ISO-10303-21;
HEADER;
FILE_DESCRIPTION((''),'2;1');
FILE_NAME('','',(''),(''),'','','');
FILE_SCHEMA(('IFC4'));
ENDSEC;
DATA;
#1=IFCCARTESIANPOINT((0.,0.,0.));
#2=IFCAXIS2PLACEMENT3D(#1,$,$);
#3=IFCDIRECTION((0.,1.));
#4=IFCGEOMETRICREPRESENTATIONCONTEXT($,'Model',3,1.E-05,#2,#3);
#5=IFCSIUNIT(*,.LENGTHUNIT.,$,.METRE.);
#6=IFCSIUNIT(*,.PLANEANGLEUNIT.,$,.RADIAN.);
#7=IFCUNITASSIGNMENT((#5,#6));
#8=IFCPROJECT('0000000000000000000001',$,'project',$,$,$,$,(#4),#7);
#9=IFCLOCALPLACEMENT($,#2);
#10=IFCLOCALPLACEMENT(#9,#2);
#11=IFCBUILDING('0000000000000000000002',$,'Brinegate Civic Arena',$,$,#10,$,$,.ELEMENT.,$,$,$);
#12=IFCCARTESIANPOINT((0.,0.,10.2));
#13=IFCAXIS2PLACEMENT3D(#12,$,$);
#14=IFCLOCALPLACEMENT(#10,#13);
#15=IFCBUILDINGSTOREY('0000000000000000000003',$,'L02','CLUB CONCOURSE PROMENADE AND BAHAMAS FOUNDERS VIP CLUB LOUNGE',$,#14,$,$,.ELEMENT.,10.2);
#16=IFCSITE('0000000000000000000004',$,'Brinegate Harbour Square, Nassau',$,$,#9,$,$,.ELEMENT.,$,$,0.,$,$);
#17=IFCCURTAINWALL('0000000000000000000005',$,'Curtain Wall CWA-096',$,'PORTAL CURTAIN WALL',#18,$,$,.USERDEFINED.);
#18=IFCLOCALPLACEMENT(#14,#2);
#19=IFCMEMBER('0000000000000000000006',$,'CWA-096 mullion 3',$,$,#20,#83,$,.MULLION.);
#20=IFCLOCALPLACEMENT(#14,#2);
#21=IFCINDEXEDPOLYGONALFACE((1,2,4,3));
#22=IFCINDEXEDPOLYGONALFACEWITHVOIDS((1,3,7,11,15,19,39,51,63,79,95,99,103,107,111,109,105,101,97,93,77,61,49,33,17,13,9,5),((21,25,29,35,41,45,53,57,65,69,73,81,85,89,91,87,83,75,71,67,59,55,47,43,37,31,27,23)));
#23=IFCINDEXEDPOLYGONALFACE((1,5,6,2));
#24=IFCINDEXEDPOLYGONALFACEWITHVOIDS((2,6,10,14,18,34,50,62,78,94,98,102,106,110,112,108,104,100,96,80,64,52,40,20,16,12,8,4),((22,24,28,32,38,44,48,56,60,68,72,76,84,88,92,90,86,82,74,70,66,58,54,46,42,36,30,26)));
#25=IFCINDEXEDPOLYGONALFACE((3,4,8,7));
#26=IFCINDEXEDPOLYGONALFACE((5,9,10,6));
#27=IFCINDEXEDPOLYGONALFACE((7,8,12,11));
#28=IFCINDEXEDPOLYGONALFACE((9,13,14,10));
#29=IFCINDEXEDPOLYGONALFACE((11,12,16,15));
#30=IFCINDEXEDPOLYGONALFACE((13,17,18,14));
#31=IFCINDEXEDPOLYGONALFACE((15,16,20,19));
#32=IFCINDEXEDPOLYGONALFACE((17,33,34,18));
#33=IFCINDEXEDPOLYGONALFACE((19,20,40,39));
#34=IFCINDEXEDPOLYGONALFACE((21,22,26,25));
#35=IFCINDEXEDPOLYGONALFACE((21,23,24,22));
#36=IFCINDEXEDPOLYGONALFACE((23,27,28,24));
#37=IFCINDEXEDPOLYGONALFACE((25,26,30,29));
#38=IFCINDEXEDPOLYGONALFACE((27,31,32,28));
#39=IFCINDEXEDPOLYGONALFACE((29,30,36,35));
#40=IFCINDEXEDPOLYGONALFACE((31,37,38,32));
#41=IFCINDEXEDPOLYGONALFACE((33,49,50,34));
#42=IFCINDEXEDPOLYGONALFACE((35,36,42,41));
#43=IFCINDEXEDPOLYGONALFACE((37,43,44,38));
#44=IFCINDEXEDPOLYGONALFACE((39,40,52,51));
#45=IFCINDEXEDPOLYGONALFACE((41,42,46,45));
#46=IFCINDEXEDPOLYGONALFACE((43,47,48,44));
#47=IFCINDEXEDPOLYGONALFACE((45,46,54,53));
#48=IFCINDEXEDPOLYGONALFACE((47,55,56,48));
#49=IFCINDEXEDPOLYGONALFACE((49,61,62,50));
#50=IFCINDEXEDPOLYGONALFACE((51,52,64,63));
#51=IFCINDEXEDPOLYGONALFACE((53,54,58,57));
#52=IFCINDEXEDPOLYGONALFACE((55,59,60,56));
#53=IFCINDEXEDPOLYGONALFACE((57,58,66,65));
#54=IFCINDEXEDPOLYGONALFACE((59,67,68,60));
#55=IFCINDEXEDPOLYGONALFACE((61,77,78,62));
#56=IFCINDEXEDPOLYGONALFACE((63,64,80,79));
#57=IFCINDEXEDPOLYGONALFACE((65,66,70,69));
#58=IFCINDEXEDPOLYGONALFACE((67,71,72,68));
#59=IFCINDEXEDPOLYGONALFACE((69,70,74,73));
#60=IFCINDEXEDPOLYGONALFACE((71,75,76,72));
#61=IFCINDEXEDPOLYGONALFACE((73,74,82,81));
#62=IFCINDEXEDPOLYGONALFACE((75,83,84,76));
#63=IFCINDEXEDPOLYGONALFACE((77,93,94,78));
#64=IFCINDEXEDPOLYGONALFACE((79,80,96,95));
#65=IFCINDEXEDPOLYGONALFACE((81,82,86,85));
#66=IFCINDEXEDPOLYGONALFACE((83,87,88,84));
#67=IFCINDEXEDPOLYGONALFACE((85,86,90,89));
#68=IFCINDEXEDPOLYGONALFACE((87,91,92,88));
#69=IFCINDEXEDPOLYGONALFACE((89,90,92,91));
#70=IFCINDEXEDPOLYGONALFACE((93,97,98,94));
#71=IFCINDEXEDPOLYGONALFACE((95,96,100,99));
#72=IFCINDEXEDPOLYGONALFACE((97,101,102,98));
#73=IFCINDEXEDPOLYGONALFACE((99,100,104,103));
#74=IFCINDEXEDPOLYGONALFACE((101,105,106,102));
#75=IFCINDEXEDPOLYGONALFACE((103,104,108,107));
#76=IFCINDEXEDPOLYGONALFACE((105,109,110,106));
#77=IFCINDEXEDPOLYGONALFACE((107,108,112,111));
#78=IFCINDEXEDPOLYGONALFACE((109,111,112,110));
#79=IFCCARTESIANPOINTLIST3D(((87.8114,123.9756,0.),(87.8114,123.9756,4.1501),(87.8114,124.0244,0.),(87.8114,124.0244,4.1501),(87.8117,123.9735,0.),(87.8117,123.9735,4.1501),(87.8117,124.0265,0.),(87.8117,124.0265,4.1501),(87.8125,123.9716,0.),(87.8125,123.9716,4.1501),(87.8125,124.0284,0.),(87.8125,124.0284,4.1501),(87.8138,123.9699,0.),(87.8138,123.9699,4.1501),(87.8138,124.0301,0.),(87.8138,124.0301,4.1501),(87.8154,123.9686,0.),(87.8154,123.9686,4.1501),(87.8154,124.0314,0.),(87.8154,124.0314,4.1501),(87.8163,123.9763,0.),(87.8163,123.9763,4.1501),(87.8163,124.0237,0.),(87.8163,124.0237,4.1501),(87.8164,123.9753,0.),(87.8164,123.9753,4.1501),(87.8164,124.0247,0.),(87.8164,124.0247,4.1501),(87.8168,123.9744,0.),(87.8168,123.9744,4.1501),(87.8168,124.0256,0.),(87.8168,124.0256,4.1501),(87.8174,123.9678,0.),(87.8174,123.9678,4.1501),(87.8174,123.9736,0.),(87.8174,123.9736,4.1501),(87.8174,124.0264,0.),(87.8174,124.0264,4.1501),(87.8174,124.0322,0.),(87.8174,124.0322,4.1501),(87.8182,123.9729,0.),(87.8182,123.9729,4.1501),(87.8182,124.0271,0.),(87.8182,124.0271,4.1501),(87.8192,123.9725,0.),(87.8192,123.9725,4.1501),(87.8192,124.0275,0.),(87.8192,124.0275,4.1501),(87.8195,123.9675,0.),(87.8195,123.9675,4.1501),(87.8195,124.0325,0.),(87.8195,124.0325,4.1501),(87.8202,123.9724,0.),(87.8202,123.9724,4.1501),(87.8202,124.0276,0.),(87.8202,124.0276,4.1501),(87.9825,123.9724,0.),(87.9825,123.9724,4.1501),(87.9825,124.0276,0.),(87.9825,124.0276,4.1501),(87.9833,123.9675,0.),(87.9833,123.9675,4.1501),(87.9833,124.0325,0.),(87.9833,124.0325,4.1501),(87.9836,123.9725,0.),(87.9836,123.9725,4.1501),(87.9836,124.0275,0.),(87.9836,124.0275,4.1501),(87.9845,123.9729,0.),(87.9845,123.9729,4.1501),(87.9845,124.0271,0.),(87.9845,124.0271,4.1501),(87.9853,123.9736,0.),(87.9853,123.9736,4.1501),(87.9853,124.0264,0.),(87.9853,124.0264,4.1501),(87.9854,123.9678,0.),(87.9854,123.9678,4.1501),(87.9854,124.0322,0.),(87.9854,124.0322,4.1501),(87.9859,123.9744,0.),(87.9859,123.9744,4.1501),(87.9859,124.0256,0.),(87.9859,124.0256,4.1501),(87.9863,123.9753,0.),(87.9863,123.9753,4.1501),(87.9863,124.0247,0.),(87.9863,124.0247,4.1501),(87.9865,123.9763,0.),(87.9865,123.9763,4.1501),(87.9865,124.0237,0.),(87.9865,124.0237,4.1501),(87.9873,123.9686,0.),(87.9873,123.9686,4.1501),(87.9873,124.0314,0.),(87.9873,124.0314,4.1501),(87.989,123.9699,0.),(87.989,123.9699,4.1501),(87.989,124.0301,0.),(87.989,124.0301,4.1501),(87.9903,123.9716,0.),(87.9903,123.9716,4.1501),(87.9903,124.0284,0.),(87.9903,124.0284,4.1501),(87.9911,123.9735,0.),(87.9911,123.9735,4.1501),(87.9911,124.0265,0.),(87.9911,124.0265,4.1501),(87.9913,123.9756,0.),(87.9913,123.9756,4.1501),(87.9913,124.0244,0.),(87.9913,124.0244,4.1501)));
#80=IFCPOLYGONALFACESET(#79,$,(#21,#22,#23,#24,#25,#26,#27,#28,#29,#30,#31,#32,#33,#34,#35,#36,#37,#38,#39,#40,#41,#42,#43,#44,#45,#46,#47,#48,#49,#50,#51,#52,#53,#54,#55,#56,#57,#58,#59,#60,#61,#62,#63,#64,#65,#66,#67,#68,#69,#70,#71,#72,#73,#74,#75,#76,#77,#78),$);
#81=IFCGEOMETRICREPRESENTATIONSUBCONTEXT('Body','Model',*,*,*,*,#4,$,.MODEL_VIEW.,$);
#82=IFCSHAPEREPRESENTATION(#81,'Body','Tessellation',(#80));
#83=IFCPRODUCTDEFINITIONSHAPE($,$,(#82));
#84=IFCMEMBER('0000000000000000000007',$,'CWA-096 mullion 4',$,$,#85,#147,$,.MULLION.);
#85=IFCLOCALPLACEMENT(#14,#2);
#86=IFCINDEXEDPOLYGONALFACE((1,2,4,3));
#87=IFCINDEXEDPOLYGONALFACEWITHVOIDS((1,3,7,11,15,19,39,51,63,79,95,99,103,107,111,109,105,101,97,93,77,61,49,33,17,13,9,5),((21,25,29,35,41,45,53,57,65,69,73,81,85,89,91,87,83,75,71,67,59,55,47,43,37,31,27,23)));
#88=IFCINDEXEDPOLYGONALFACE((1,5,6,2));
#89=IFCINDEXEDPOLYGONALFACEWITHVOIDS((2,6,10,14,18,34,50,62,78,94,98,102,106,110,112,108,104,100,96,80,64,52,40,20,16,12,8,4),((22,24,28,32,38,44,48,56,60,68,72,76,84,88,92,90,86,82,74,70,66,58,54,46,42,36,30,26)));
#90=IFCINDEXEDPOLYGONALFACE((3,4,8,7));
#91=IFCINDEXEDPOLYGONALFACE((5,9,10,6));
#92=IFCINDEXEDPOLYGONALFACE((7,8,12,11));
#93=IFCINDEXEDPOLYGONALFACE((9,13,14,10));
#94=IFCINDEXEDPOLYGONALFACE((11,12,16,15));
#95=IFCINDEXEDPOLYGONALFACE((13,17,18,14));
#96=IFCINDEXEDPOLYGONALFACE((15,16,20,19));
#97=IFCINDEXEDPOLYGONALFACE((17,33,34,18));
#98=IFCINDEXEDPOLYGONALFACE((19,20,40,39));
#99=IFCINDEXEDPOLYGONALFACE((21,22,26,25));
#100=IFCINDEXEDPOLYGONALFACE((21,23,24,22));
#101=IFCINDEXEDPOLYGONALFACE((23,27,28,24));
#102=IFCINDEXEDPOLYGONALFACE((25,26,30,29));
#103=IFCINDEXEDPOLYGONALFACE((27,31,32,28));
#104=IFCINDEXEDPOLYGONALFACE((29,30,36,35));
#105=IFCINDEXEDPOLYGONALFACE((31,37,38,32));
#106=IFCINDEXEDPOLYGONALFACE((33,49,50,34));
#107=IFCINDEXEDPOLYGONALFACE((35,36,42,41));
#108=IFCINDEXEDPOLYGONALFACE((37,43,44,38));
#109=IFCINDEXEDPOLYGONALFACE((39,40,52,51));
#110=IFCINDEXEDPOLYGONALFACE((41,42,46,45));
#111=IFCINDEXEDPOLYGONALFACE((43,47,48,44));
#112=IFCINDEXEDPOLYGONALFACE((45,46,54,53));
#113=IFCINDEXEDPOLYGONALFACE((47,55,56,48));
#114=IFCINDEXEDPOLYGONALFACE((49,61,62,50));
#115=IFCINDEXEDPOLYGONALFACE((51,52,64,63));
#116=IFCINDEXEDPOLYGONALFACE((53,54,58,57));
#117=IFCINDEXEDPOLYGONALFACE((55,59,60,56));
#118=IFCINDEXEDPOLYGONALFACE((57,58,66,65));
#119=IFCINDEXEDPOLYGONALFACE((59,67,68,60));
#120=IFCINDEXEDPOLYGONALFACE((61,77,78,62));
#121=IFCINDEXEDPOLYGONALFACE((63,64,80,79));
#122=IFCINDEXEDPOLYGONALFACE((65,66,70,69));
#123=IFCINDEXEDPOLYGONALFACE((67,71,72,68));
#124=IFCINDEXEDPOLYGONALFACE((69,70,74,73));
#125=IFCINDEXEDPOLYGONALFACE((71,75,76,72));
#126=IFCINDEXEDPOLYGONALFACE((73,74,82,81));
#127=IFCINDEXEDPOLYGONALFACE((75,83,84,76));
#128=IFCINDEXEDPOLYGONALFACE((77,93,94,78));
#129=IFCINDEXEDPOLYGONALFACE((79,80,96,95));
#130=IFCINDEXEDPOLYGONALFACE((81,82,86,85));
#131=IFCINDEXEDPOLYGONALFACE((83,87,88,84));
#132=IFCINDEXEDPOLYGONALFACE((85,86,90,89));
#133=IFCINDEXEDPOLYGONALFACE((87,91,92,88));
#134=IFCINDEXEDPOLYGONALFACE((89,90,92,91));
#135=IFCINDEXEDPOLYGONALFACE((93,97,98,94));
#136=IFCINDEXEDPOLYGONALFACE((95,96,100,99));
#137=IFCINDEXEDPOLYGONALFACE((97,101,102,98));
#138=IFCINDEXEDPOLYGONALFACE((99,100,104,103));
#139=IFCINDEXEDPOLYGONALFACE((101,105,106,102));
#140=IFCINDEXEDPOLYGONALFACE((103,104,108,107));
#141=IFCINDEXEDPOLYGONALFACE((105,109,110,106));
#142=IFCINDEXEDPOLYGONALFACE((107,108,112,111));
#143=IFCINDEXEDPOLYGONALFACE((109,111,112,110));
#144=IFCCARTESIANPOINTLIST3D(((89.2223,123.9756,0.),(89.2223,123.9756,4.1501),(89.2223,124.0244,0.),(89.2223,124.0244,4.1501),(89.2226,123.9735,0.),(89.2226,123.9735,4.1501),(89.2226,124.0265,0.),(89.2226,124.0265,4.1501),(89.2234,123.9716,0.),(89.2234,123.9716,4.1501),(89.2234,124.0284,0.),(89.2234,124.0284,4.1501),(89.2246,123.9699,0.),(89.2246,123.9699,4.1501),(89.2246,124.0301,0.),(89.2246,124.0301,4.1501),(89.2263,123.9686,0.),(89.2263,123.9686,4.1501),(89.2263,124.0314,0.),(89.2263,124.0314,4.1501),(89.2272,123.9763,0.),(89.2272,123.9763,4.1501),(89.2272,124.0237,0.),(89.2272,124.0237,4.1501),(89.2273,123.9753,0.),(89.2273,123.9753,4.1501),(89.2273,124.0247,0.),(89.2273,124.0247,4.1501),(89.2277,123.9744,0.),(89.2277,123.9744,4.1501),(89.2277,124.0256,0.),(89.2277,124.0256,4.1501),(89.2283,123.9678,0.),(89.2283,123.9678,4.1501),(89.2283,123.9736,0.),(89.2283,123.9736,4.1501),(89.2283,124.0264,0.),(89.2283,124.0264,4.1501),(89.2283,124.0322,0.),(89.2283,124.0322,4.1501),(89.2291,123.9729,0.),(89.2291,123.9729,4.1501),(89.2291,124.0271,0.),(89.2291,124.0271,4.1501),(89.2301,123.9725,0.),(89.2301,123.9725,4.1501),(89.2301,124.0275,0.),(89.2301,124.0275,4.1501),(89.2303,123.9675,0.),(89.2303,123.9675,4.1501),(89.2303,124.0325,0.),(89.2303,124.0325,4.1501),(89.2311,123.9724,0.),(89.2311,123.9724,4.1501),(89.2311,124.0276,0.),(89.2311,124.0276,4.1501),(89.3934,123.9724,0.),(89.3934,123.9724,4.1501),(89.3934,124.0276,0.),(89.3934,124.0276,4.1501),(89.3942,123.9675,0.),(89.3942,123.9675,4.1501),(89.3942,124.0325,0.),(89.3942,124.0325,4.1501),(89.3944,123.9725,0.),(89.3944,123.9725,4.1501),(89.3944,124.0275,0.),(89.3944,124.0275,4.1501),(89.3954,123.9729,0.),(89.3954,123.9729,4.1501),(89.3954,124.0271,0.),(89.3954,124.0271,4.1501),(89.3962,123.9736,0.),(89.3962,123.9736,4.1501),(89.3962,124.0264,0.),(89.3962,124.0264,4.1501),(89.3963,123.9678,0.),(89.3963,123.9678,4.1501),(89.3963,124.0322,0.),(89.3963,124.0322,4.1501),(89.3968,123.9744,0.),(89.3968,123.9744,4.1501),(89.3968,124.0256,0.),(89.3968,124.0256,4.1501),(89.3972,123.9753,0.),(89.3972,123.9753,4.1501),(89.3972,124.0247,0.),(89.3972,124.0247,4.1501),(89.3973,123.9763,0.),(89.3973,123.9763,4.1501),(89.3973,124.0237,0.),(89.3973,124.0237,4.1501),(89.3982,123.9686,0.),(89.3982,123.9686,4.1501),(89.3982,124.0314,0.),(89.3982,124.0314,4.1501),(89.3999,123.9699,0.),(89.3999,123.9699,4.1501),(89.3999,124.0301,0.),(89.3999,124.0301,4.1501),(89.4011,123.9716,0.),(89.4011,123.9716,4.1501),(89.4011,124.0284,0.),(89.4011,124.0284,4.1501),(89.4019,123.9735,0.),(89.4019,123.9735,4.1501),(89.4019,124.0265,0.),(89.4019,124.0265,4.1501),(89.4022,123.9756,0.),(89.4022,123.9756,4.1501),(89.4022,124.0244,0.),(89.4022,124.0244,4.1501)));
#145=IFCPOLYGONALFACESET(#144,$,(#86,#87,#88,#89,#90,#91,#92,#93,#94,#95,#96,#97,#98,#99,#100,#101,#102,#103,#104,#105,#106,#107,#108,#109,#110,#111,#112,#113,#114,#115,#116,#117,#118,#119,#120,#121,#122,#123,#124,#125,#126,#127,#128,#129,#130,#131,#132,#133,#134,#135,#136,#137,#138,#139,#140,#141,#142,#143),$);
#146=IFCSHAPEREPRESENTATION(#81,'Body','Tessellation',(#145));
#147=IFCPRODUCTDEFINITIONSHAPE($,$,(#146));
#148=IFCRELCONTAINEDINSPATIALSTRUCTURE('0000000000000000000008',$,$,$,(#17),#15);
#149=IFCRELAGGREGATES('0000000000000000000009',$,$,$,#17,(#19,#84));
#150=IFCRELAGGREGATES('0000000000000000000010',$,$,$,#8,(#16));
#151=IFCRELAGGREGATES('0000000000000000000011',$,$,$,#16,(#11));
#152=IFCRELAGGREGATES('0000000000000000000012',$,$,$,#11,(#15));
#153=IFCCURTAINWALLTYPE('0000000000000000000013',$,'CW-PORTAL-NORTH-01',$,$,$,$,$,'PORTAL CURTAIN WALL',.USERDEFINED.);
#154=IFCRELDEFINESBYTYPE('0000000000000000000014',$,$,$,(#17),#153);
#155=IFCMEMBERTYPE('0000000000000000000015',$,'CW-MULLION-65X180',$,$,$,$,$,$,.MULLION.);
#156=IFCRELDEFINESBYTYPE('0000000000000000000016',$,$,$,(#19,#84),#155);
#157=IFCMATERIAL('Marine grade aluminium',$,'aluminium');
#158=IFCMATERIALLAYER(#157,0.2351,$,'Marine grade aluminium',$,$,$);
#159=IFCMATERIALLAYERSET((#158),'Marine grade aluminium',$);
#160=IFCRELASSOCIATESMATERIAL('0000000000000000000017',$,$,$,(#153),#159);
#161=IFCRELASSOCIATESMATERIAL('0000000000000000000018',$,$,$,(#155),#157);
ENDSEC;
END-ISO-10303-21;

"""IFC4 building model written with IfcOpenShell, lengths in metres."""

from ifc_helpers import new_model, si_unit, direction, frame, origin, origin_2d, place, context, subcontext, project, spatial, hollow_rectangle, extrude, material, layer, layer_set, material_profile, profile_set, type_object, element, aggregate, save


model = new_model("IFC4")

# Units and contexts
model_context = context("Model", 3, precision=1e-05, world=origin(), true_north=direction((0.0, 1.0)))
body_context = subcontext(model_context, "Body", "Model", "MODEL_VIEW")
ifc_project = project(units=[si_unit("LENGTHUNIT", "METRE"), si_unit("PLANEANGLEUNIT", "RADIAN")], contexts=[model_context])

# Site, building, storey
site_placement = place(None, origin())
site = spatial("IfcSite", under=ifc_project, at=site_placement, Name="Brinegate Harbour Square, Nassau", CompositionType="ELEMENT", RefElevation=0.0)
building_placement = place(site_placement, origin())
building = spatial("IfcBuilding", under=site, at=building_placement, Name="Brinegate Civic Arena", CompositionType="ELEMENT")
storey_placement = place(building_placement, frame((0.0, 0.0, 10.2)))
storey = spatial("IfcBuildingStorey", under=building, at=storey_placement, Name="L02", Description="CLUB CONCOURSE PROMENADE AND BAHAMAS FOUNDERS VIP CLUB LOUNGE", CompositionType="ELEMENT", Elevation=10.2)

# Curtain wall, members
ifc_material_1 = material(Name="Marine grade aluminium", Category="aluminium")
ifc_layer_1 = layer(ifc_material_1, 0.2351, Name="Marine grade aluminium")
ifc_layer_set_1 = layer_set([ifc_layer_1], Name="Marine grade aluminium")
curtain_wall_type = type_object("IfcCurtainWallType", Name="CW-PORTAL-NORTH-01", ElementType="PORTAL CURTAIN WALL", PredefinedType="USERDEFINED", material=ifc_layer_set_1)
curtain_wall_placement = place(storey_placement, origin())
curtain_wall = element("IfcCurtainWall", 1, at=curtain_wall_placement, inside=storey, type_object=curtain_wall_type, Name="Curtain Wall CWA-096", ObjectType="PORTAL CURTAIN WALL", PredefinedType="USERDEFINED")
ifc_material_profile_1 = material_profile(ifc_material_1, hollow_rectangle(XDim=0.0649, YDim=0.1799, WallThickness=0.0049, InnerFilletRadius=0.0039, OuterFilletRadius=0.0081, at=origin_2d()), Name="MUL65X180")
ifc_profile_set_1 = profile_set([ifc_material_profile_1], Name="Marine grade aluminium")
member_type_1 = type_object("IfcMemberType", Name="CW-MULLION-65X180", PredefinedType="MULLION", material=ifc_profile_set_1)
member_1_placement = place(storey_placement, frame((87.9014, 124.0, 0.0), z_axis=(0.0, 0.0, 1.0), x_axis=(0.0, 1.0, 0.0)))
member_1 = element("IfcMember", 2, at=member_1_placement, type_object=member_type_1, Name="CWA-096 mullion 3", PredefinedType="MULLION", context=body_context, shape_type="SweptSolid", body=[
    extrude(hollow_rectangle(XDim=0.0649, YDim=0.1799, WallThickness=0.0049, InnerFilletRadius=0.0039, OuterFilletRadius=0.0081, at=origin_2d()), origin(), (0.0, 0.0, 1.0), 4.1501),
])
member_2_placement = place(storey_placement, frame((89.3123, 124.0, 0.0), z_axis=(0.0, 0.0, 1.0), x_axis=(0.0, 1.0, 0.0)))
member_2 = element("IfcMember", 3, at=member_2_placement, type_object=member_type_1, Name="CWA-096 mullion 4", PredefinedType="MULLION", context=body_context, shape_type="SweptSolid", body=[
    extrude(hollow_rectangle(XDim=0.0649, YDim=0.1799, WallThickness=0.0049, InnerFilletRadius=0.0039, OuterFilletRadius=0.0081, at=origin_2d()), origin(), (0.0, 0.0, 1.0), 4.1501),
])

aggregate(curtain_wall, [member_1, member_2])

save(model, "model.ifc")
